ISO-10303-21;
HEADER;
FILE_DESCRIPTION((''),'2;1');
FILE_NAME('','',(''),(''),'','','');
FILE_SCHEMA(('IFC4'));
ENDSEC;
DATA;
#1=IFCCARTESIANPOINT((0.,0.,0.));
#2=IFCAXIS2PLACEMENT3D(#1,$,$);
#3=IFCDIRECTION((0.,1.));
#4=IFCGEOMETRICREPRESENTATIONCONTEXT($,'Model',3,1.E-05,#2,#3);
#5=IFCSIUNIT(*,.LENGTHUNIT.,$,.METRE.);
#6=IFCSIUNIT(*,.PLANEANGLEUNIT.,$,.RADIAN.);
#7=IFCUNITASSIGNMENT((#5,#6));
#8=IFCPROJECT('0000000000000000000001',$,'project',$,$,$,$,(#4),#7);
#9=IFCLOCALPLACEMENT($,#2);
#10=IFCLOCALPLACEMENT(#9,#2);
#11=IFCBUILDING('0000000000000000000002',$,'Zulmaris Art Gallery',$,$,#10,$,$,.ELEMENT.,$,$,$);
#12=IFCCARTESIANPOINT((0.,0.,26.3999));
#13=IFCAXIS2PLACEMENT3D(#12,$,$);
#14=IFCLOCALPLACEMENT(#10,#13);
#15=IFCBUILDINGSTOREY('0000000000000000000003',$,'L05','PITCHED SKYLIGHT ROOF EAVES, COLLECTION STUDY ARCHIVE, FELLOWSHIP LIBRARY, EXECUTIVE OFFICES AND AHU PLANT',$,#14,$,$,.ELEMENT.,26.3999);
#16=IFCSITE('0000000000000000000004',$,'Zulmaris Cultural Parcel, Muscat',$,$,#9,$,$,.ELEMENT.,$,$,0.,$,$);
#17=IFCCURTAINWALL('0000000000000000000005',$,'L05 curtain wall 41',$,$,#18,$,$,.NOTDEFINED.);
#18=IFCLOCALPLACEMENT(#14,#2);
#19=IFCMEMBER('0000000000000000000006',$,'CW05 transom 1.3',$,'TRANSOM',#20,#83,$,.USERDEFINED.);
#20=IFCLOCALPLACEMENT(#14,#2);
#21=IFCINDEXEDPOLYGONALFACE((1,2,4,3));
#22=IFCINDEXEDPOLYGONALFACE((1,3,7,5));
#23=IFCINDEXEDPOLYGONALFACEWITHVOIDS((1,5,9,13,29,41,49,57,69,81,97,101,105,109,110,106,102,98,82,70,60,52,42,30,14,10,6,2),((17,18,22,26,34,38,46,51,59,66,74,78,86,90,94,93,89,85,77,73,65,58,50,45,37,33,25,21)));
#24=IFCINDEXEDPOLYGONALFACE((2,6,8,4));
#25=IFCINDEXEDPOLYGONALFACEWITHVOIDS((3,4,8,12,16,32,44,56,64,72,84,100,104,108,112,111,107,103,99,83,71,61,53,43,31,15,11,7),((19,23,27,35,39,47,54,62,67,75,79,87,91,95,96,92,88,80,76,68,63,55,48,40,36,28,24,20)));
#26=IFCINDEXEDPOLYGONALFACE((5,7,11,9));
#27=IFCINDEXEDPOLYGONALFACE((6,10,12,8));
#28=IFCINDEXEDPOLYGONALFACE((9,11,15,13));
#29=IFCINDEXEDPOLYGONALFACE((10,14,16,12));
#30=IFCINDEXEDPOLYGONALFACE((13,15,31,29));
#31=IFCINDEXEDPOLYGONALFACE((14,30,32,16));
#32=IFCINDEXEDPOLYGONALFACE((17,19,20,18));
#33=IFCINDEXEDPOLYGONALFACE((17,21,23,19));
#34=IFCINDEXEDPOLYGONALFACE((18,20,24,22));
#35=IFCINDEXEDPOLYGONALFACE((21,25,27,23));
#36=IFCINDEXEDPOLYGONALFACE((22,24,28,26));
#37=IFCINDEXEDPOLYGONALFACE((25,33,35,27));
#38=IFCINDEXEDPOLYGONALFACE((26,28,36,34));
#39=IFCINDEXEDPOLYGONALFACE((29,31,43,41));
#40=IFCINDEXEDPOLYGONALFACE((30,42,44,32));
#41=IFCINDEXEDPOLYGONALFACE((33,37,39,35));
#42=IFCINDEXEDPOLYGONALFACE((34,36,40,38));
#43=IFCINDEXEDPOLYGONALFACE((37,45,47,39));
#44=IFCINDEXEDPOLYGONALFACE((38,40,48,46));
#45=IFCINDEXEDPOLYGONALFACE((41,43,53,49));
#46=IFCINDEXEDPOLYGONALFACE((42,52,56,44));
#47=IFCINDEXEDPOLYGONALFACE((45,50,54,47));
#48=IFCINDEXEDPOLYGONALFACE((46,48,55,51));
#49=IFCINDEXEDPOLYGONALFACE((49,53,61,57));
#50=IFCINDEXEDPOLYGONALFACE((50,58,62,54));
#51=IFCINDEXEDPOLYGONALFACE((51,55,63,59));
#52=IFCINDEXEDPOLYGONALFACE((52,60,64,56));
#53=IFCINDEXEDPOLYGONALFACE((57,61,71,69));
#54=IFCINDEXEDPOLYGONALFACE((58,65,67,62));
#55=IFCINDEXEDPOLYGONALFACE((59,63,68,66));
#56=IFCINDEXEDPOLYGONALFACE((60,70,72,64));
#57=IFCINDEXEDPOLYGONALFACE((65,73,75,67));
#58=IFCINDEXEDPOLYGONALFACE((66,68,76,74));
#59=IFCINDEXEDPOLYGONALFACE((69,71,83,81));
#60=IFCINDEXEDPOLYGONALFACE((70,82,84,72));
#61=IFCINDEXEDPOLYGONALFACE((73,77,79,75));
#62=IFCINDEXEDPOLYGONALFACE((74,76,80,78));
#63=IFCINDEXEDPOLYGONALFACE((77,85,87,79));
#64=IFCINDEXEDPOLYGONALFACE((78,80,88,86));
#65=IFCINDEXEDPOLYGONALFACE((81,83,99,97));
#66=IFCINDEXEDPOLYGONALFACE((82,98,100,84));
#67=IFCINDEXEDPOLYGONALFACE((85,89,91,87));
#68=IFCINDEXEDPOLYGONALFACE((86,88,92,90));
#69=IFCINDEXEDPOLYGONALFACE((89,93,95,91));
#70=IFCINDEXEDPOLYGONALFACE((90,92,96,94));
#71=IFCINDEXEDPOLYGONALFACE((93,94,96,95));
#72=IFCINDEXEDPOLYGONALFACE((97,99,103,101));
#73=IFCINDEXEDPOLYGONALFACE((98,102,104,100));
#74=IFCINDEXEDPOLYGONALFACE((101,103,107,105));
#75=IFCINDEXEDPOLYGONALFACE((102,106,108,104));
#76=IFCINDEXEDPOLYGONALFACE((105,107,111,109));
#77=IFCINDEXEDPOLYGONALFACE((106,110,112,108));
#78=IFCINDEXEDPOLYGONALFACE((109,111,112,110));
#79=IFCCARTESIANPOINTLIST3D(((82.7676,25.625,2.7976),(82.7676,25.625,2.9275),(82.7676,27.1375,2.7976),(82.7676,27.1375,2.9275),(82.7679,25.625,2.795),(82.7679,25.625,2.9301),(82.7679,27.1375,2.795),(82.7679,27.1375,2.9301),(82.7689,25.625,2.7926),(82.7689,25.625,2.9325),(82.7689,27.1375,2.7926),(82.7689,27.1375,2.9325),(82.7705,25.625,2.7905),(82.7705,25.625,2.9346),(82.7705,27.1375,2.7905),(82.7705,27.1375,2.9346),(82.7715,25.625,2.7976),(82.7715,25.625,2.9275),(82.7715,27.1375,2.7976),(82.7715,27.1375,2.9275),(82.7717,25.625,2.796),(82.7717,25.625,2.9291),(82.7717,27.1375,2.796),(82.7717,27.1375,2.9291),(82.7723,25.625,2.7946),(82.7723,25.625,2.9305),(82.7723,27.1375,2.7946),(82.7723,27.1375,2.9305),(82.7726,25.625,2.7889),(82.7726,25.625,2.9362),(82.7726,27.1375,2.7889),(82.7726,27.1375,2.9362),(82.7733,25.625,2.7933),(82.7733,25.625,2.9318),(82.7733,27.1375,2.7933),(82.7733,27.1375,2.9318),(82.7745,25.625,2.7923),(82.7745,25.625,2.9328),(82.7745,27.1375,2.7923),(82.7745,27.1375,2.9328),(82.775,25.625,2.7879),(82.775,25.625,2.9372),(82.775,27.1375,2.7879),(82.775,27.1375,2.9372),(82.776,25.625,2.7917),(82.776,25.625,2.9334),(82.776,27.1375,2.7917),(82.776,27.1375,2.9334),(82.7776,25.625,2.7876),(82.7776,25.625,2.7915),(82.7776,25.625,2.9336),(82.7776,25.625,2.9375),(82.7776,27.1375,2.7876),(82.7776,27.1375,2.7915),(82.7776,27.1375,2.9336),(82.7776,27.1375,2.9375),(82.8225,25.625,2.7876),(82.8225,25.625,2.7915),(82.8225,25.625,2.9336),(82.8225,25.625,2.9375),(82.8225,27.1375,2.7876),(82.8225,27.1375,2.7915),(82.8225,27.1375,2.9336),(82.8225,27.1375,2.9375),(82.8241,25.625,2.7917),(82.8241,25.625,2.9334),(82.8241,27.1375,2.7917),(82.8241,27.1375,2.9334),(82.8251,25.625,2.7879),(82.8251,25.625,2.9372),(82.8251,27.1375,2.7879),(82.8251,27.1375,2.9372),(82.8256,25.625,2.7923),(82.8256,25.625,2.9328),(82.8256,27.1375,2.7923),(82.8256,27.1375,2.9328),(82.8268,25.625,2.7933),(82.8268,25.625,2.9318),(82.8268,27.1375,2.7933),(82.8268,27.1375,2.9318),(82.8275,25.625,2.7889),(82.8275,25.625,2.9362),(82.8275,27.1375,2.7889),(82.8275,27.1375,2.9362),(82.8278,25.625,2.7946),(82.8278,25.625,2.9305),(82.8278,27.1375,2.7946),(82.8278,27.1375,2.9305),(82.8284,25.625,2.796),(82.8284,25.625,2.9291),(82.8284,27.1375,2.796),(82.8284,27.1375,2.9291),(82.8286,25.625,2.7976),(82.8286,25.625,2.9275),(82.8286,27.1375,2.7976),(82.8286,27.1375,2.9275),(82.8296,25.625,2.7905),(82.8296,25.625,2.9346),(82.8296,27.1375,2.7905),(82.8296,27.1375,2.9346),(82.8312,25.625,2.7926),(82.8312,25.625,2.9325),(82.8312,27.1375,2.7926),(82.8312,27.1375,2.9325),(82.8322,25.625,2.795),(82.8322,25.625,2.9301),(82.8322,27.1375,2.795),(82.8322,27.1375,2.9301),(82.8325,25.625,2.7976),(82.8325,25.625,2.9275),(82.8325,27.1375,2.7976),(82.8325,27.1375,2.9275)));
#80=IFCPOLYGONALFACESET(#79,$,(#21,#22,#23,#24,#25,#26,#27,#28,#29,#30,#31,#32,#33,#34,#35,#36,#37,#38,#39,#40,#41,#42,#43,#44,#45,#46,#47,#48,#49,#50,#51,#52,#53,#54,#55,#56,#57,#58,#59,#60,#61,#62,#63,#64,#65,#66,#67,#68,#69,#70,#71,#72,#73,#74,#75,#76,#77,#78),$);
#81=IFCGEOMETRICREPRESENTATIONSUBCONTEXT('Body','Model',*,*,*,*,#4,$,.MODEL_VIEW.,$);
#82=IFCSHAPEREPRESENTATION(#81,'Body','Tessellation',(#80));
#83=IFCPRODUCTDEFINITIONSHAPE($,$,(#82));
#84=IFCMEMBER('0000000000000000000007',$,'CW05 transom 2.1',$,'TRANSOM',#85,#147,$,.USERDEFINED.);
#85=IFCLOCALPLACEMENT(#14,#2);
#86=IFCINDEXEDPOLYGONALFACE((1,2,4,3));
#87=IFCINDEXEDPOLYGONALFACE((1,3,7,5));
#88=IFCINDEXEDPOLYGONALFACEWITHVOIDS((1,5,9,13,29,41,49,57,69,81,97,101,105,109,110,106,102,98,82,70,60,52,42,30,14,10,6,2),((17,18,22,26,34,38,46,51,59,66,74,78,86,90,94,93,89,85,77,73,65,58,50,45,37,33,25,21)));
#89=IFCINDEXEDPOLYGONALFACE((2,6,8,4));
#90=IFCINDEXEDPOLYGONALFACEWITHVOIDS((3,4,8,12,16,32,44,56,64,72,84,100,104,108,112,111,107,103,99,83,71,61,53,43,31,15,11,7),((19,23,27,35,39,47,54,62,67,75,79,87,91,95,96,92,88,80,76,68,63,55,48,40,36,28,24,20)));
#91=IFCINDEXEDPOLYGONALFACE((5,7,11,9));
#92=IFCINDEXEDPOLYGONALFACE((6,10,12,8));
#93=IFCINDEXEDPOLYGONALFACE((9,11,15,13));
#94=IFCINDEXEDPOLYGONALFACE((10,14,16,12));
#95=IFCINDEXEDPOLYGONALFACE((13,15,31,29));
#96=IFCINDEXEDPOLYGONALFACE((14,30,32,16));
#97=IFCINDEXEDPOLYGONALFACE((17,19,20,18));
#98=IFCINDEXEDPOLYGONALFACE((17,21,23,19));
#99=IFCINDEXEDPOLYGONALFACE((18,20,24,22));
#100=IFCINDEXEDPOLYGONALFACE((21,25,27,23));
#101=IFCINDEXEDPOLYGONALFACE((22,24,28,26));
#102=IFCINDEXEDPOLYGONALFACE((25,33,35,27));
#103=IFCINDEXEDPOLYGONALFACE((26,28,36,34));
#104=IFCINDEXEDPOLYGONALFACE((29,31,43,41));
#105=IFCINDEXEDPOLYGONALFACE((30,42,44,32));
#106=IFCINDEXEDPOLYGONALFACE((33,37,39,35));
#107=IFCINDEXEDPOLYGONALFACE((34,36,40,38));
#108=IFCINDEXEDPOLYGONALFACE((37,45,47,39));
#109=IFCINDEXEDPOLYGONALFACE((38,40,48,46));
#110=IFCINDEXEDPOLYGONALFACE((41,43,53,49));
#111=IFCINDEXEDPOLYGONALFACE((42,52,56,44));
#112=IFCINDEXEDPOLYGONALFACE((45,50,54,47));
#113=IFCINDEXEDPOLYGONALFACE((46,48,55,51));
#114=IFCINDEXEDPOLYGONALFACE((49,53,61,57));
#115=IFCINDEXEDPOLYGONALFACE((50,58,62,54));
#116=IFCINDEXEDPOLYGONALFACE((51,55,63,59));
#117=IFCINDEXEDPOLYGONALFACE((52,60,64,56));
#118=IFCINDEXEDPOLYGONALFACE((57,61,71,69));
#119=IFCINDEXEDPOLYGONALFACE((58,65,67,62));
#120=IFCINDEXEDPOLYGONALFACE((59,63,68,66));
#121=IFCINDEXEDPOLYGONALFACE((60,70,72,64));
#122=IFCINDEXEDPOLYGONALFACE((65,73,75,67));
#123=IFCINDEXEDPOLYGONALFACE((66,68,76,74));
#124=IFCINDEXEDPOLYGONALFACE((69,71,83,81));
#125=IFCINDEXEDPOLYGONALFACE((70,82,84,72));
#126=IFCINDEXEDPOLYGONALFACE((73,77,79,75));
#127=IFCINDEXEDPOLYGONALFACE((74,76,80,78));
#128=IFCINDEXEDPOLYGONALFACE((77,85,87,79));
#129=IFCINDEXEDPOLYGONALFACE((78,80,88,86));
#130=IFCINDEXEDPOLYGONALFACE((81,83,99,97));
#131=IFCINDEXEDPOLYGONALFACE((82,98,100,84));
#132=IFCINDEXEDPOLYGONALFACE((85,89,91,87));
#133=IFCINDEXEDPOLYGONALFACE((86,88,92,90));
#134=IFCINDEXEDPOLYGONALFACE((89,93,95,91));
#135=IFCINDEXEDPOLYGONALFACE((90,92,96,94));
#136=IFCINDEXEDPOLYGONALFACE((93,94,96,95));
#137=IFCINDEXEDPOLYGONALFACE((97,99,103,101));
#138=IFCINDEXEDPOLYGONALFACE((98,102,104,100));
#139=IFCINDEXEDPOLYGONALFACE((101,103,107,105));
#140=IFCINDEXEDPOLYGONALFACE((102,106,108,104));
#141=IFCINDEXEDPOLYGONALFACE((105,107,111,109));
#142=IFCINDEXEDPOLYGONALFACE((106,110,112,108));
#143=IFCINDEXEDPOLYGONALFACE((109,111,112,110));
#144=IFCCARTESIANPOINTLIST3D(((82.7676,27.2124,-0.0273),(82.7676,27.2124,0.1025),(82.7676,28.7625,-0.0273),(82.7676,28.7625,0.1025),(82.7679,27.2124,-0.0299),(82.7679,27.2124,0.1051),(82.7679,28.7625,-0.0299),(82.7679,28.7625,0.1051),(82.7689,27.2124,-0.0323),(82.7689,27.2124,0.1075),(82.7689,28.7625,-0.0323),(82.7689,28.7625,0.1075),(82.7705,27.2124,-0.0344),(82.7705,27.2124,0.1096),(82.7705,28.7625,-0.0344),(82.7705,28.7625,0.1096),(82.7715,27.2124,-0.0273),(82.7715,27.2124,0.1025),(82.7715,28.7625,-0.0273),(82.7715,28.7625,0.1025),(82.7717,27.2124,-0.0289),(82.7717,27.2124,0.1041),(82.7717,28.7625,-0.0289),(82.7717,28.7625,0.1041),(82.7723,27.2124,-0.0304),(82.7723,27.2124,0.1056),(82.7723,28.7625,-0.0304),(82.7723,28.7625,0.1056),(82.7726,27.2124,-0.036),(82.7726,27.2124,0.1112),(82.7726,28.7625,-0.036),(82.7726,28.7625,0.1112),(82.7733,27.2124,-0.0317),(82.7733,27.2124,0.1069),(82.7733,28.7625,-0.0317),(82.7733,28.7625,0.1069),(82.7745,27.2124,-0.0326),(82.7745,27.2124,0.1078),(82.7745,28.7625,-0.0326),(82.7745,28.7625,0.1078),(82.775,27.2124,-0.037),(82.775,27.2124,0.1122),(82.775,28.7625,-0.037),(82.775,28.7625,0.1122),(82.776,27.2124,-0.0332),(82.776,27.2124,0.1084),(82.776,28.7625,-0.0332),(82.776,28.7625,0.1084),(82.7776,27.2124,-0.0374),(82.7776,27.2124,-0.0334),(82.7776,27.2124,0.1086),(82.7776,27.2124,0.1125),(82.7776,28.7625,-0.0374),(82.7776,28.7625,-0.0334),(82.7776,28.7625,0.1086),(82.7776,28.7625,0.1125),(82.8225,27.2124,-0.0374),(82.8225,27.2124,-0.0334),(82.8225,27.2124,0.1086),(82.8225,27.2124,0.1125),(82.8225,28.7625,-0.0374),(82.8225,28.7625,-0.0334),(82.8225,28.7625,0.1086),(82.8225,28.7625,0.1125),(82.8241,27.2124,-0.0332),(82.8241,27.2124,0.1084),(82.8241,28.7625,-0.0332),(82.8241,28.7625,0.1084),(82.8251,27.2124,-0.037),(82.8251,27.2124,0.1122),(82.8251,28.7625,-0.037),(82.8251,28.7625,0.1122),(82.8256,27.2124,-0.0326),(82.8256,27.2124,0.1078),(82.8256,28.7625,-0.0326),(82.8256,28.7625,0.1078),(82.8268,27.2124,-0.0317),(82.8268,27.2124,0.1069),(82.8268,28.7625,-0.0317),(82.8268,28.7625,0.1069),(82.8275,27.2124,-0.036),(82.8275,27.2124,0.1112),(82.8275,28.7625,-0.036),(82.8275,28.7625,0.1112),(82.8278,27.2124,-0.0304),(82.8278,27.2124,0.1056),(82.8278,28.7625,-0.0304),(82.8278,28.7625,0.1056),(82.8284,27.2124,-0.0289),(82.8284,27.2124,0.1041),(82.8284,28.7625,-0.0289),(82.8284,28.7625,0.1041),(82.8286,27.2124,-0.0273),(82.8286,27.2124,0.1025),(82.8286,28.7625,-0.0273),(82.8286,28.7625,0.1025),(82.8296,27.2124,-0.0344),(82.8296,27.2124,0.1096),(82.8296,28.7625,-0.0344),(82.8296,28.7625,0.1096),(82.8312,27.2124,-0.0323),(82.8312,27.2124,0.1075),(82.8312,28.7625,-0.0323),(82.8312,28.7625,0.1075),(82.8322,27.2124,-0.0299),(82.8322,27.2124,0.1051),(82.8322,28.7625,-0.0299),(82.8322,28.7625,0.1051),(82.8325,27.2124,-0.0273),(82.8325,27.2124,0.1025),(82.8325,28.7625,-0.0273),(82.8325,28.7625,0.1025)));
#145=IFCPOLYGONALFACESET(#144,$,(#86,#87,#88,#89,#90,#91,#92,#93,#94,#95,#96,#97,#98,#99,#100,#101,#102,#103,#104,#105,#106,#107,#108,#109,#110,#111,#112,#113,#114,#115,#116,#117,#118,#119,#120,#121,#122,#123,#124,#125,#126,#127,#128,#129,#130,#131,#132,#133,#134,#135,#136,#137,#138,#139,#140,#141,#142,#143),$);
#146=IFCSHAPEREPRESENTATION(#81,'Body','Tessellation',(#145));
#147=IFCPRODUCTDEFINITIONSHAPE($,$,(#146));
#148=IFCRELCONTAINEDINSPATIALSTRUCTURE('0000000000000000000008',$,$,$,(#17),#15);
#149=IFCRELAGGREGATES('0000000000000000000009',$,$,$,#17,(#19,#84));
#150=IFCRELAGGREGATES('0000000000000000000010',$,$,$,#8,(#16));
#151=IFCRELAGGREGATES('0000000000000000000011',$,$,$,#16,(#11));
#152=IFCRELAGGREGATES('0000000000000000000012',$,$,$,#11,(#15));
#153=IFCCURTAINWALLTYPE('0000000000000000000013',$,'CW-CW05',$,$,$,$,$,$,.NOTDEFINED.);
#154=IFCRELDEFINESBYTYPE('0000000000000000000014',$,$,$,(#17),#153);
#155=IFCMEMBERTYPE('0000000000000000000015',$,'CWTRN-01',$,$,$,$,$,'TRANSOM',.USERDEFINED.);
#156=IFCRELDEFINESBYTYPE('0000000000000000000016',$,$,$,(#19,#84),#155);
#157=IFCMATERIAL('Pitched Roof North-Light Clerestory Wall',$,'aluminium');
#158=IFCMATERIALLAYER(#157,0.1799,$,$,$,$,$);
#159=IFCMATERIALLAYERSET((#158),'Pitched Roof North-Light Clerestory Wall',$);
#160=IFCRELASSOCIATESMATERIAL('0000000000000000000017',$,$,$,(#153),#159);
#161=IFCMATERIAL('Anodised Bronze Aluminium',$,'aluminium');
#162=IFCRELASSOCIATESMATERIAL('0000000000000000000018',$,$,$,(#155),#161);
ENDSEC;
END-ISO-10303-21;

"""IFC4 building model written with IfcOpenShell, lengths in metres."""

from ifc_helpers import new_model, si_unit, direction, frame, origin, origin_2d, place, context, subcontext, project, spatial, hollow_rectangle, extrude, material, layer, layer_set, material_profile, profile_set, type_object, element, aggregate, save


model = new_model("IFC4")

# Units and contexts
model_context = context("Model", 3, precision=1e-05, world=origin(), true_north=direction((0.0, 1.0)))
body_context = subcontext(model_context, "Body", "Model", "MODEL_VIEW")
ifc_project = project(units=[si_unit("LENGTHUNIT", "METRE"), si_unit("PLANEANGLEUNIT", "RADIAN")], contexts=[model_context])

# Site, building, storey
site_placement = place(None, origin())
site = spatial("IfcSite", under=ifc_project, at=site_placement, Name="Zulmaris Cultural Parcel, Muscat", CompositionType="ELEMENT", RefElevation=0.0)
building_placement = place(site_placement, origin())
building = spatial("IfcBuilding", under=site, at=building_placement, Name="Zulmaris Art Gallery", CompositionType="ELEMENT")
storey_placement = place(building_placement, frame((0.0, 0.0, 26.3999)))
storey = spatial("IfcBuildingStorey", under=building, at=storey_placement, Name="L05", Description="PITCHED SKYLIGHT ROOF EAVES, COLLECTION STUDY ARCHIVE, FELLOWSHIP LIBRARY, EXECUTIVE OFFICES AND AHU PLANT", CompositionType="ELEMENT", Elevation=26.3999)

# Curtain wall, members
ifc_material_1 = material(Name="Pitched Roof North-Light Clerestory Wall", Category="aluminium")
ifc_layer_1 = layer(ifc_material_1, 0.1799)
ifc_layer_set_1 = layer_set([ifc_layer_1], Name="Pitched Roof North-Light Clerestory Wall")
curtain_wall_type = type_object("IfcCurtainWallType", Name="CW-CW05", PredefinedType="NOTDEFINED", material=ifc_layer_set_1)
curtain_wall_placement = place(storey_placement, origin())
curtain_wall = element("IfcCurtainWall", 1, at=curtain_wall_placement, inside=storey, type_object=curtain_wall_type, Name="L05 curtain wall 41", PredefinedType="NOTDEFINED")
ifc_material_2 = material(Name="Anodised Bronze Aluminium", Category="aluminium")
ifc_material_profile_1 = material_profile(ifc_material_2, hollow_rectangle(XDim=0.0649, YDim=0.1499, WallThickness=0.0039, InnerFilletRadius=0.0061, OuterFilletRadius=0.01, at=origin_2d()), Name="ALU 65x150x4")
ifc_profile_set_1 = profile_set([ifc_material_profile_1], Name="Anodised Bronze Aluminium")
member_type_1 = type_object("IfcMemberType", Name="CWTRN-01", ElementType="TRANSOM", PredefinedType="USERDEFINED", material=ifc_profile_set_1)
member_1_placement = place(storey_placement, frame((82.8, 25.625, 2.8625), z_axis=(0.0, 1.0, 0.0), x_axis=(-1.0, 0.0, 0.0)))
member_1 = element("IfcMember", 2, at=member_1_placement, type_object=member_type_1, Name="CW05 transom 1.3", ObjectType="TRANSOM", PredefinedType="USERDEFINED", context=body_context, shape_type="SweptSolid", body=[
    extrude(hollow_rectangle(XDim=0.0649, YDim=0.1499, WallThickness=0.0039, InnerFilletRadius=0.0061, OuterFilletRadius=0.01, at=origin_2d()), origin(), (0.0, 0.0, 1.0), 1.5125),
])
member_2_placement = place(storey_placement, frame((82.8, 27.2124, 0.0376), z_axis=(0.0, 1.0, 0.0), x_axis=(-1.0, 0.0, 0.0)))
member_2 = element("IfcMember", 3, at=member_2_placement, type_object=member_type_1, Name="CW05 transom 2.1", ObjectType="TRANSOM", PredefinedType="USERDEFINED", context=body_context, shape_type="SweptSolid", body=[
    extrude(hollow_rectangle(XDim=0.0649, YDim=0.1499, WallThickness=0.0039, InnerFilletRadius=0.0061, OuterFilletRadius=0.01, at=origin_2d()), origin(), (0.0, 0.0, 1.0), 1.55),
])

aggregate(curtain_wall, [member_1, member_2])

save(model, "model.ifc")
